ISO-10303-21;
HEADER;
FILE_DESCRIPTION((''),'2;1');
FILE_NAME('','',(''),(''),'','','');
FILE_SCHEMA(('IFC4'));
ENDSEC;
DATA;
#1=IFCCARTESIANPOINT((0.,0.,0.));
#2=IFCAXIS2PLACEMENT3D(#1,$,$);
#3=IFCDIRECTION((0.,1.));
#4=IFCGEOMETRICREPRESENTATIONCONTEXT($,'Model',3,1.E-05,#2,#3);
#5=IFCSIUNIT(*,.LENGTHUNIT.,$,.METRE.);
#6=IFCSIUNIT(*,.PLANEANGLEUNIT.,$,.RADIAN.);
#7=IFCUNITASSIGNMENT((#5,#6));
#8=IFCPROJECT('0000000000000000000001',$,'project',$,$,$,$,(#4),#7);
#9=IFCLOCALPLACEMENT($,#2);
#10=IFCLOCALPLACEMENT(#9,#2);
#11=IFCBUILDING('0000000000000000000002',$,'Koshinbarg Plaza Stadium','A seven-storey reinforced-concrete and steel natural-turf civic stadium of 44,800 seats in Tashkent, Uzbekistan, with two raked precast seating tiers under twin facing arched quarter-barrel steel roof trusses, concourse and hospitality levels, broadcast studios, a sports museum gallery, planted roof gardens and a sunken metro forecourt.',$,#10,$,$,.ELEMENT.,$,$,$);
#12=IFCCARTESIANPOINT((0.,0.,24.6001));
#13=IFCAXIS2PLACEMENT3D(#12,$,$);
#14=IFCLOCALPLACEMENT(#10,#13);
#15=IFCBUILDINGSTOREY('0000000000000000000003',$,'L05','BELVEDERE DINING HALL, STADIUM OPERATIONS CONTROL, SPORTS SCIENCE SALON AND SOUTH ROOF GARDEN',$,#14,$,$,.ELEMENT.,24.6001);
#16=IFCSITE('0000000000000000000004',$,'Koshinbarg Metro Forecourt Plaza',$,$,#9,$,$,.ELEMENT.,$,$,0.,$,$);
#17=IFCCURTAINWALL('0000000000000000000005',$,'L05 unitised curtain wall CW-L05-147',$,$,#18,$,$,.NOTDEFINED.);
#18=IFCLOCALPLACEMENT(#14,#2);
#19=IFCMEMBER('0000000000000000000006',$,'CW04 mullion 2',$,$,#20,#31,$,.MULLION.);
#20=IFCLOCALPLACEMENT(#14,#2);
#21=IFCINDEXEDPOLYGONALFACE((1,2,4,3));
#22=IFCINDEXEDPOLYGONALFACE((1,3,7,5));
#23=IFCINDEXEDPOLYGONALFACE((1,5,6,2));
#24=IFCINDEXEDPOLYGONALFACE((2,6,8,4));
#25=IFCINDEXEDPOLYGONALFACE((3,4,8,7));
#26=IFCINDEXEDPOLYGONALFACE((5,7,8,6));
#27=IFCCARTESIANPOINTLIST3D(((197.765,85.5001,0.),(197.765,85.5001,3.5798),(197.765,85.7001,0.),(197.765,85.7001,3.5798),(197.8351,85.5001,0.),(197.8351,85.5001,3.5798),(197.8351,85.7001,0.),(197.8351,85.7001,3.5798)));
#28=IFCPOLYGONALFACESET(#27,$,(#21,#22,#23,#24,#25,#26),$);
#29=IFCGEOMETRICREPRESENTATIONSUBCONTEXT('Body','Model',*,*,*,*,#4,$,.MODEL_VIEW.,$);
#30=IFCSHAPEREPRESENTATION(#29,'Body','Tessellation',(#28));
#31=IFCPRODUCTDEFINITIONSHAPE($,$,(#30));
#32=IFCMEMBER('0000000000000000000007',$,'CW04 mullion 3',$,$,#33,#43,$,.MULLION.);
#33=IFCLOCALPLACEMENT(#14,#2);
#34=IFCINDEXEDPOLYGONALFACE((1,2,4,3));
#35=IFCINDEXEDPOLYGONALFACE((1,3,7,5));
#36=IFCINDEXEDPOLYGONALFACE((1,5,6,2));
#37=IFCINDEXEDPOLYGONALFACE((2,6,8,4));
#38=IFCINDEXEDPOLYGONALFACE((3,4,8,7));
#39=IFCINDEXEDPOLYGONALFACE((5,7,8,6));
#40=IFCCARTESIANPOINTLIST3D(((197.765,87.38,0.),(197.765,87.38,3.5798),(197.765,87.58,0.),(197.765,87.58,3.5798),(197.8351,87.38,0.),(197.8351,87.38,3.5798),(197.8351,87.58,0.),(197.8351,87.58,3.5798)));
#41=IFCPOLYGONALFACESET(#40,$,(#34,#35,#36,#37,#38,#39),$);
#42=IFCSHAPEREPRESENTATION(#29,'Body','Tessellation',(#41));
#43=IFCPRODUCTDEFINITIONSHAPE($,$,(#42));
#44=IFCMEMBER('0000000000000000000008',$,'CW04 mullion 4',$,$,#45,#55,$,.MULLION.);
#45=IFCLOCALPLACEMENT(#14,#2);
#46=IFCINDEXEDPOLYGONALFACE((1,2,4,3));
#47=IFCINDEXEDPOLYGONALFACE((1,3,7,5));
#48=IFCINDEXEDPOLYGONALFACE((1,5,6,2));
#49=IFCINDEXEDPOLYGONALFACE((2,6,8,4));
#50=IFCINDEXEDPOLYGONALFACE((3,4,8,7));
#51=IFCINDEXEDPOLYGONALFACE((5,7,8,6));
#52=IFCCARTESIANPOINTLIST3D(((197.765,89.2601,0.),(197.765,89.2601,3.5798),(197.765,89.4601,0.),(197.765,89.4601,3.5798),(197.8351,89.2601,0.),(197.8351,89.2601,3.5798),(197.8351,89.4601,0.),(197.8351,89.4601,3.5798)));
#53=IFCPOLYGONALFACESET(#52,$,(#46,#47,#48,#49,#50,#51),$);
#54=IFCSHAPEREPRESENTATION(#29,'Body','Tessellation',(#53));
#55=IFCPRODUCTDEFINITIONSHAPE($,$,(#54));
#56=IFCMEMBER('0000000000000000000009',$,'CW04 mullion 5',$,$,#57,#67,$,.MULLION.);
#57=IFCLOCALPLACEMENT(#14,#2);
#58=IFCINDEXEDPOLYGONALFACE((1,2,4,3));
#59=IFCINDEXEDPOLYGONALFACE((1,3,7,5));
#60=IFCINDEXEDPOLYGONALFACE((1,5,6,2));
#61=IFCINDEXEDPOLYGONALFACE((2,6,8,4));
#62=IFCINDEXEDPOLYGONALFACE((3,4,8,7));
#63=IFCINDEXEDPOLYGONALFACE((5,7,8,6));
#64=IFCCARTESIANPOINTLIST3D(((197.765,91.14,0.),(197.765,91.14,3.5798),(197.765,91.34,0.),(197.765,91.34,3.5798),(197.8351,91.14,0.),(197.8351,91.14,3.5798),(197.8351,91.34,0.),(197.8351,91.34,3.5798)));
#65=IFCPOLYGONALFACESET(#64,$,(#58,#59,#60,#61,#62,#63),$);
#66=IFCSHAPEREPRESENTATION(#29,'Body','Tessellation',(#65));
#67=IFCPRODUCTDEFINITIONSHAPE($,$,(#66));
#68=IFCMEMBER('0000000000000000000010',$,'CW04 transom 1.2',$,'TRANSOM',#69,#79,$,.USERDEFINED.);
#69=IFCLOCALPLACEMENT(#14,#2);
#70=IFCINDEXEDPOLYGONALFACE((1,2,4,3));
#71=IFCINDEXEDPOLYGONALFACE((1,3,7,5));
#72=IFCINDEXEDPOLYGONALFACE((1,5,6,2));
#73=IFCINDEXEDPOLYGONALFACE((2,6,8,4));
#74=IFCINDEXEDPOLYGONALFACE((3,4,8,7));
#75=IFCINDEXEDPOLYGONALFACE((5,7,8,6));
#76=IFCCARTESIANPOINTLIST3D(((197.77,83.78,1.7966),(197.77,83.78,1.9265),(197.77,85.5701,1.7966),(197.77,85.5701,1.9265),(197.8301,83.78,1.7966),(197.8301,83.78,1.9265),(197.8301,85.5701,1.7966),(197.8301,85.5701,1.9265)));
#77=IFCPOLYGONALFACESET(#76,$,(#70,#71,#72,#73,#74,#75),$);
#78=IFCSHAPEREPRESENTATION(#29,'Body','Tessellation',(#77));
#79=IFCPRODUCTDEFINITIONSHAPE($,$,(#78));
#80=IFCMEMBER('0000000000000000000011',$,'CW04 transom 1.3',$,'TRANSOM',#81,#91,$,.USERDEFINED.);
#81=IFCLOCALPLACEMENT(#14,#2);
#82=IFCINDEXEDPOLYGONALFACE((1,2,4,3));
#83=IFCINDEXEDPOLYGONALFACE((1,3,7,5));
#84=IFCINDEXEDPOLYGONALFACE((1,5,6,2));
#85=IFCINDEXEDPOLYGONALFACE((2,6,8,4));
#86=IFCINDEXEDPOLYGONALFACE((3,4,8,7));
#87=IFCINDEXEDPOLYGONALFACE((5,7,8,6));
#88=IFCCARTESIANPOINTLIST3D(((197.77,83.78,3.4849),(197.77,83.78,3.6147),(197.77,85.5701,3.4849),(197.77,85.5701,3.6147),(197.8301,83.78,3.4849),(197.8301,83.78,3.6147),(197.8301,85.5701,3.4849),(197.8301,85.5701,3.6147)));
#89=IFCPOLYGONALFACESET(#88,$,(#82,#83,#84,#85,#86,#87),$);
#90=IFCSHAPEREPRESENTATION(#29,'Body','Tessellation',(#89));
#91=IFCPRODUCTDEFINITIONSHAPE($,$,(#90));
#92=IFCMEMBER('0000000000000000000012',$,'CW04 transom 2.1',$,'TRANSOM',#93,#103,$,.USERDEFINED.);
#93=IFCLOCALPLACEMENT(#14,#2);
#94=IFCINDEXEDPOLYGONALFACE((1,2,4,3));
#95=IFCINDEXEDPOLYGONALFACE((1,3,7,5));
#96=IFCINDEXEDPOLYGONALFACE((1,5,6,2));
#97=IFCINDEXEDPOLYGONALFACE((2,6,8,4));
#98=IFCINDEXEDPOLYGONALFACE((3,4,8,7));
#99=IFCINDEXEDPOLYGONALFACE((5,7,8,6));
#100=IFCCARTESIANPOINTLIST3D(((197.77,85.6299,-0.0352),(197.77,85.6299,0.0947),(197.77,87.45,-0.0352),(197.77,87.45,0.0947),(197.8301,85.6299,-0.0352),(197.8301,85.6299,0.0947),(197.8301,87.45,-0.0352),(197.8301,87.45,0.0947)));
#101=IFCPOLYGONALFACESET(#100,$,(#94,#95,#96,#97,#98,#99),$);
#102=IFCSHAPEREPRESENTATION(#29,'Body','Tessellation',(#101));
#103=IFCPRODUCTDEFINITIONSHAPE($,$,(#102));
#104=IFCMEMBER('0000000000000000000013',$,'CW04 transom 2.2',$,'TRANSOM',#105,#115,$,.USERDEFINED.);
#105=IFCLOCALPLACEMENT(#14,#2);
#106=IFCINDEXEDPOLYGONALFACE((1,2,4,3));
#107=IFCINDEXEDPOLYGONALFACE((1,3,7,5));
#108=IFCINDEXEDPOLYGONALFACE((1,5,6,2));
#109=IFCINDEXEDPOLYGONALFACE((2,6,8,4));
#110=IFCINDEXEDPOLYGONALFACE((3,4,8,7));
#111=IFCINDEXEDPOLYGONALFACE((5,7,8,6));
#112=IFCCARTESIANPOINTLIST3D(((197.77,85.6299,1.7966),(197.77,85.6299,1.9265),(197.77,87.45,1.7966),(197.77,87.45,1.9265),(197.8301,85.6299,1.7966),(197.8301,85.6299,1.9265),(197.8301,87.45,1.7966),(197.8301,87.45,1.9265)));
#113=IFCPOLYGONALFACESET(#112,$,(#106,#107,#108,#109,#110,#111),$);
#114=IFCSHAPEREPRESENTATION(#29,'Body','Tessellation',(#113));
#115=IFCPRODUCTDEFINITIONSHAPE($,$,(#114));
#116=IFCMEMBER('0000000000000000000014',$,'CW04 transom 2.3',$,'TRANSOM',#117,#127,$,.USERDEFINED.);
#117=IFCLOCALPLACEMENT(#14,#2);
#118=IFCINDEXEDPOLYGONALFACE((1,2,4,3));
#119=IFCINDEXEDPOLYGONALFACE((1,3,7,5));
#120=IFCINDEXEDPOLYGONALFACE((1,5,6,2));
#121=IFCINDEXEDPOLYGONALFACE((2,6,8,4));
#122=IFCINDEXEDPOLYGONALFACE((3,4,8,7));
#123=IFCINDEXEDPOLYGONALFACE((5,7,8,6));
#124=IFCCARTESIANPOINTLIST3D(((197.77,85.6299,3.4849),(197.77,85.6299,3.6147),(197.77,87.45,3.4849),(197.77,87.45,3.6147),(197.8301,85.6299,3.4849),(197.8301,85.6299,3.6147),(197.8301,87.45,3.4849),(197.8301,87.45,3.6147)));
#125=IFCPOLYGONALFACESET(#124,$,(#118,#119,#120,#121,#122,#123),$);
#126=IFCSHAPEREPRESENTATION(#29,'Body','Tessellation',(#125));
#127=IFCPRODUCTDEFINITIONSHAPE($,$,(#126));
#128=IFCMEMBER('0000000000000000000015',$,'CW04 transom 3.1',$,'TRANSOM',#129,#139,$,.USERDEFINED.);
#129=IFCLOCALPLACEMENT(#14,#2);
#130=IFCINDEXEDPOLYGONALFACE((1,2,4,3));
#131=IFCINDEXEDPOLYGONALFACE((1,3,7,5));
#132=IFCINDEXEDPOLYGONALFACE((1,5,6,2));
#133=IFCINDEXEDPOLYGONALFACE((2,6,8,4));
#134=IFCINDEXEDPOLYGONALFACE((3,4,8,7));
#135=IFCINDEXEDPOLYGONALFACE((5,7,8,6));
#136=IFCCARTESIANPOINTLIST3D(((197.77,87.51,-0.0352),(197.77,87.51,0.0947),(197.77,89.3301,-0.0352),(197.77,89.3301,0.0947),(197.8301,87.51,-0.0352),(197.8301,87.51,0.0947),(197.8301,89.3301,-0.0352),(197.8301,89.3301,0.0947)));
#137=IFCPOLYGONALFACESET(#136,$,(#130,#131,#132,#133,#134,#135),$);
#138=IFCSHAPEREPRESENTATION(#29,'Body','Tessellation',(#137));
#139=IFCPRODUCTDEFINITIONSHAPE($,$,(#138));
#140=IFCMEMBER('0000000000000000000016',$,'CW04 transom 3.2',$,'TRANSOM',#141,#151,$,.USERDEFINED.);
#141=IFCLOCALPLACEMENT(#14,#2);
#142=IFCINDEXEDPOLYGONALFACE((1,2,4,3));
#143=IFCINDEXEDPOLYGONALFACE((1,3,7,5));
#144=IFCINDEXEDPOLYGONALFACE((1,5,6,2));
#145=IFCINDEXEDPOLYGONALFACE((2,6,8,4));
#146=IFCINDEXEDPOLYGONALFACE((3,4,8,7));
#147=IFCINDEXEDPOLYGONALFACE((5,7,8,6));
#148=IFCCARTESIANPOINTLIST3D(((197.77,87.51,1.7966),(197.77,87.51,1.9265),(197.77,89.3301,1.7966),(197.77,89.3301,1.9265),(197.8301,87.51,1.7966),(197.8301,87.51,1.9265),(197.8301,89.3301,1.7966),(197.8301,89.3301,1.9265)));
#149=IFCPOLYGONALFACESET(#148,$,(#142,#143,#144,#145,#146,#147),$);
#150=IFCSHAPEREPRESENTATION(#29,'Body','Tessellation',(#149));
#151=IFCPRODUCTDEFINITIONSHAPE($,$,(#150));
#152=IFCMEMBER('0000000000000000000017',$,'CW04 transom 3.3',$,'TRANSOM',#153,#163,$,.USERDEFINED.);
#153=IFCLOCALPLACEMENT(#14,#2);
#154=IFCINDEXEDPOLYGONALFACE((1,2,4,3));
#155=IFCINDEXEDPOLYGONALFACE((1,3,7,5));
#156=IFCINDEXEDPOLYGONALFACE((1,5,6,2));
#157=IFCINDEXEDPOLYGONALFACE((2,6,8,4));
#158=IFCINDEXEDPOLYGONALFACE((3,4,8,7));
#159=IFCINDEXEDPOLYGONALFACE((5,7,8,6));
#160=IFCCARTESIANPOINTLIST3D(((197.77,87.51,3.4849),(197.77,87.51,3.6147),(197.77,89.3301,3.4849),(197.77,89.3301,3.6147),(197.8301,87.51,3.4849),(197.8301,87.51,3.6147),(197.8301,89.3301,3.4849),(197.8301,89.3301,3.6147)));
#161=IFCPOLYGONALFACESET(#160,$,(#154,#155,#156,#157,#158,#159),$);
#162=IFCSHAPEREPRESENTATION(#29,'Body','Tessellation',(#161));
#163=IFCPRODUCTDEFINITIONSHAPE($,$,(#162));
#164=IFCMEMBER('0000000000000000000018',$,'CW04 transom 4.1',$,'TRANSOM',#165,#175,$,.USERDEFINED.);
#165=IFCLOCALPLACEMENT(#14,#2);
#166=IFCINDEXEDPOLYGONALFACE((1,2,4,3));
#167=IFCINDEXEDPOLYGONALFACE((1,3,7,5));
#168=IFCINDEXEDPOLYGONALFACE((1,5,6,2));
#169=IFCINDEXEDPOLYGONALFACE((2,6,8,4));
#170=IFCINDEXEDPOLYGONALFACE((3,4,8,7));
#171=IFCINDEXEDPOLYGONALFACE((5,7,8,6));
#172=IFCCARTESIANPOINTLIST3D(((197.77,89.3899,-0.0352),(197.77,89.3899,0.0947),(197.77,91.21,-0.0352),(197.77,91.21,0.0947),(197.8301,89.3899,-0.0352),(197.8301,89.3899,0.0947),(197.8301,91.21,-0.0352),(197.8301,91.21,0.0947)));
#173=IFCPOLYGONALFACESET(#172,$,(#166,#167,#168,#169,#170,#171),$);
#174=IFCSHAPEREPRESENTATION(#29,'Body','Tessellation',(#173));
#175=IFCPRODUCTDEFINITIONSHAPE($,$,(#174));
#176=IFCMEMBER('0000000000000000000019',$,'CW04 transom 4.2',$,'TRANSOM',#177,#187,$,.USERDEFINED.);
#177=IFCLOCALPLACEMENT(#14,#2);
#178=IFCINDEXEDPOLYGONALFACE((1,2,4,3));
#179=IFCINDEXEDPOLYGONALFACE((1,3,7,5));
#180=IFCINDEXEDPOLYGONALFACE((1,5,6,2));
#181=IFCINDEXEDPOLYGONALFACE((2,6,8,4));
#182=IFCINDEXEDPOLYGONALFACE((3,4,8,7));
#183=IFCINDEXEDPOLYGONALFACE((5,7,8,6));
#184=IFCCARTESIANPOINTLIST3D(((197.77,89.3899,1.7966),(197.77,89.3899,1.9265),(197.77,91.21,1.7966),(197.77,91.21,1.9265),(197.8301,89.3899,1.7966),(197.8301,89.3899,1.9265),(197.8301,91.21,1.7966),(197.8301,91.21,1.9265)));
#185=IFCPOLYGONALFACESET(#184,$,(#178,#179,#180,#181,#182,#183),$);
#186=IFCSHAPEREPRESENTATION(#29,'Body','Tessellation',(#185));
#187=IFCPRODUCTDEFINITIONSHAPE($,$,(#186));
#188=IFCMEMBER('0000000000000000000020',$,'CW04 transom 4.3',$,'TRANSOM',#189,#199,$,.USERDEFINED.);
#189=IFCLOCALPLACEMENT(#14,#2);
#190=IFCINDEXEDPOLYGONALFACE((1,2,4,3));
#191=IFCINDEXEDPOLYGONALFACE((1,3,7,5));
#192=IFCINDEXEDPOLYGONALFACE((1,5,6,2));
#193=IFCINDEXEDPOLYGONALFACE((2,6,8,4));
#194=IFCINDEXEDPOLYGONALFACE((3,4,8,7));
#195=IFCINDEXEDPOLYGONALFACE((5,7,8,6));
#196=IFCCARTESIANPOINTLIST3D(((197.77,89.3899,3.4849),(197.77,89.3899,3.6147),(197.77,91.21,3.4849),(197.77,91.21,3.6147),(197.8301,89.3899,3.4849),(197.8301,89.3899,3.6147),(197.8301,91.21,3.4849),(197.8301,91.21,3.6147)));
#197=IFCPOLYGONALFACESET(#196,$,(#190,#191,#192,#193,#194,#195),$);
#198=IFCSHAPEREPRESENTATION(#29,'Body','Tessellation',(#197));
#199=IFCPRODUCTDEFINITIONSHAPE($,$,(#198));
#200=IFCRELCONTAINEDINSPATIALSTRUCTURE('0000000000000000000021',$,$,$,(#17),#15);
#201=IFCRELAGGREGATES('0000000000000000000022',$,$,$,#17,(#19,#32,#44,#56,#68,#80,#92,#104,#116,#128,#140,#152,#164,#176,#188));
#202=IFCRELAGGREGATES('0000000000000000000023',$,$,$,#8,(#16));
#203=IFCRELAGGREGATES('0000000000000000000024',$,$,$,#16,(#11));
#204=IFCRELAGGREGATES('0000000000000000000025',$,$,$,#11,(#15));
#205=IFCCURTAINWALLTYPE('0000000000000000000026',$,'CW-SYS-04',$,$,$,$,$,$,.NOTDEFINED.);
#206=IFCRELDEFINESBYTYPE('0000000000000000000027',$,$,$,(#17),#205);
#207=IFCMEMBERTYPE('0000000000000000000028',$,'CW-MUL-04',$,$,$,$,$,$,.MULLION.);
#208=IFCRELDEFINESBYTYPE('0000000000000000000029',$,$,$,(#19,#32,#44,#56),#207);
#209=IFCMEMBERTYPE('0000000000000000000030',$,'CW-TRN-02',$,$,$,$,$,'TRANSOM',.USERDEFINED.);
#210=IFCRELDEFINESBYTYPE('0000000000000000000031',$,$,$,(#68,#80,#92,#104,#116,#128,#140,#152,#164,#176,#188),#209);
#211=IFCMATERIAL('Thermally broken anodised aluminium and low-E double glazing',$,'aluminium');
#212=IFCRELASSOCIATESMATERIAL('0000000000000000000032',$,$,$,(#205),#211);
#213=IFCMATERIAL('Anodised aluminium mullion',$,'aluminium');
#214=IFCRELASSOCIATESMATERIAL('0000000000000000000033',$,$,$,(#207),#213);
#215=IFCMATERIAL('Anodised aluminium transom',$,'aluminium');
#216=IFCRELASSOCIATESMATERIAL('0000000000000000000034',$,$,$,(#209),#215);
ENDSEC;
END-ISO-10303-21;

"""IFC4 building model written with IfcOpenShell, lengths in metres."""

from ifc_helpers import new_model, si_unit, direction, frame, origin, origin_2d, place, context, subcontext, project, spatial, rectangle, extrude, material, material_profile, profile_set, type_object, element, aggregate, save


model = new_model("IFC4")

# Units and contexts
model_context = context("Model", 3, precision=1e-05, world=origin(), true_north=direction((0.0, 1.0)))
body_context = subcontext(model_context, "Body", "Model", "MODEL_VIEW")
ifc_project = project(units=[si_unit("LENGTHUNIT", "METRE"), si_unit("PLANEANGLEUNIT", "RADIAN")], contexts=[model_context])

# Site, building, storey
site_placement = place(None, origin())
site = spatial("IfcSite", under=ifc_project, at=site_placement, Name="Koshinbarg Metro Forecourt Plaza", CompositionType="ELEMENT", RefElevation=0.0)
building_placement = place(site_placement, origin())
building = spatial("IfcBuilding", under=site, at=building_placement, Name="Koshinbarg Plaza Stadium", Description="A seven-storey reinforced-concrete and steel natural-turf civic stadium of 44,800 seats in Tashkent, Uzbekistan, with two raked precast seating tiers under twin facing arched quarter-barrel steel roof trusses, concourse and hospitality levels, broadcast studios, a sports museum gallery, planted roof gardens and a sunken metro forecourt.", CompositionType="ELEMENT")
storey_placement = place(building_placement, frame((0.0, 0.0, 24.6001)))
storey = spatial("IfcBuildingStorey", under=building, at=storey_placement, Name="L05", Description="BELVEDERE DINING HALL, STADIUM OPERATIONS CONTROL, SPORTS SCIENCE SALON AND SOUTH ROOF GARDEN", CompositionType="ELEMENT", Elevation=24.6001)

# Curtain wall, members
ifc_material_1 = material(Name="Thermally broken anodised aluminium and low-E double glazing", Category="aluminium")
curtain_wall_type = type_object("IfcCurtainWallType", Name="CW-SYS-04", PredefinedType="NOTDEFINED", material=ifc_material_1)
curtain_wall_placement = place(storey_placement, origin())
curtain_wall = element("IfcCurtainWall", 1, at=curtain_wall_placement, inside=storey, type_object=curtain_wall_type, Name="L05 unitised curtain wall CW-L05-147", PredefinedType="NOTDEFINED")
ifc_material_2 = material(Name="Anodised aluminium mullion", Category="aluminium")
ifc_material_profile_1 = material_profile(ifc_material_2, rectangle(XDim=0.0701, YDim=0.2, at=origin_2d()), Name="ALU 70x200")
ifc_profile_set_1 = profile_set([ifc_material_profile_1], Name="Anodised aluminium mullion")
member_type_1 = type_object("IfcMemberType", Name="CW-MUL-04", PredefinedType="MULLION", material=ifc_profile_set_1)
member_1_placement = place(storey_placement, frame((197.8, 85.6001, 0.0), z_axis=(0.0, 0.0, 1.0), x_axis=(-1.0, 0.0, 0.0)))
member_1 = element("IfcMember", 2, at=member_1_placement, type_object=member_type_1, Name="CW04 mullion 2", PredefinedType="MULLION", context=body_context, shape_type="SweptSolid", body=[
    extrude(rectangle(XDim=0.0701, YDim=0.2, at=origin_2d()), origin(), (0.0, 0.0, 1.0), 3.5798),
])
member_2_placement = place(storey_placement, frame((197.8, 87.48, 0.0), z_axis=(0.0, 0.0, 1.0), x_axis=(-1.0, 0.0, 0.0)))
member_2 = element("IfcMember", 3, at=member_2_placement, type_object=member_type_1, Name="CW04 mullion 3", PredefinedType="MULLION", context=body_context, shape_type="SweptSolid", body=[
    extrude(rectangle(XDim=0.0701, YDim=0.2, at=origin_2d()), origin(), (0.0, 0.0, 1.0), 3.5798),
])
member_3_placement = place(storey_placement, frame((197.8, 89.3601, 0.0), z_axis=(0.0, 0.0, 1.0), x_axis=(-1.0, 0.0, 0.0)))
member_3 = element("IfcMember", 4, at=member_3_placement, type_object=member_type_1, Name="CW04 mullion 4", PredefinedType="MULLION", context=body_context, shape_type="SweptSolid", body=[
    extrude(rectangle(XDim=0.0701, YDim=0.2, at=origin_2d()), origin(), (0.0, 0.0, 1.0), 3.5798),
])
member_4_placement = place(storey_placement, frame((197.8, 91.24, 0.0), z_axis=(0.0, 0.0, 1.0), x_axis=(-1.0, 0.0, 0.0)))
member_4 = element("IfcMember", 5, at=member_4_placement, type_object=member_type_1, Name="CW04 mullion 5", PredefinedType="MULLION", context=body_context, shape_type="SweptSolid", body=[
    extrude(rectangle(XDim=0.0701, YDim=0.2, at=origin_2d()), origin(), (0.0, 0.0, 1.0), 3.5798),
])
ifc_material_3 = material(Name="Anodised aluminium transom", Category="aluminium")
ifc_material_profile_2 = material_profile(ifc_material_3, rectangle(XDim=0.0601, YDim=0.1299, at=origin_2d()), Name="ALU 60x130")
ifc_profile_set_2 = profile_set([ifc_material_profile_2], Name="Anodised aluminium transom")
member_type_2 = type_object("IfcMemberType", Name="CW-TRN-02", ElementType="TRANSOM", PredefinedType="USERDEFINED", material=ifc_profile_set_2)
member_5_placement = place(storey_placement, frame((197.8, 83.78, 1.8616), z_axis=(0.0, 1.0, 0.0), x_axis=(-1.0, 0.0, 0.0)))
member_5 = element("IfcMember", 6, at=member_5_placement, type_object=member_type_2, Name="CW04 transom 1.2", ObjectType="TRANSOM", PredefinedType="USERDEFINED", context=body_context, shape_type="SweptSolid", body=[
    extrude(rectangle(XDim=0.0601, YDim=0.1299, at=origin_2d()), origin(), (0.0, 0.0, 1.0), 1.79),
])
member_6_placement = place(storey_placement, frame((197.8, 83.78, 3.5498), z_axis=(0.0, 1.0, 0.0), x_axis=(-1.0, 0.0, 0.0)))
member_6 = element("IfcMember", 7, at=member_6_placement, type_object=member_type_2, Name="CW04 transom 1.3", ObjectType="TRANSOM", PredefinedType="USERDEFINED", context=body_context, shape_type="SweptSolid", body=[
    extrude(rectangle(XDim=0.0601, YDim=0.1299, at=origin_2d()), origin(), (0.0, 0.0, 1.0), 1.79),
])
member_7_placement = place(storey_placement, frame((197.8, 85.6299, 0.0298), z_axis=(0.0, 1.0, 0.0), x_axis=(-1.0, 0.0, 0.0)))
member_7 = element("IfcMember", 8, at=member_7_placement, type_object=member_type_2, Name="CW04 transom 2.1", ObjectType="TRANSOM", PredefinedType="USERDEFINED", context=body_context, shape_type="SweptSolid", body=[
    extrude(rectangle(XDim=0.0601, YDim=0.1299, at=origin_2d()), origin(), (0.0, 0.0, 1.0), 1.8201),
])
member_8_placement = place(storey_placement, frame((197.8, 85.6299, 1.8616), z_axis=(0.0, 1.0, 0.0), x_axis=(-1.0, 0.0, 0.0)))
member_8 = element("IfcMember", 9, at=member_8_placement, type_object=member_type_2, Name="CW04 transom 2.2", ObjectType="TRANSOM", PredefinedType="USERDEFINED", context=body_context, shape_type="SweptSolid", body=[
    extrude(rectangle(XDim=0.0601, YDim=0.1299, at=origin_2d()), origin(), (0.0, 0.0, 1.0), 1.8201),
])
member_9_placement = place(storey_placement, frame((197.8, 85.6299, 3.5498), z_axis=(0.0, 1.0, 0.0), x_axis=(-1.0, 0.0, 0.0)))
member_9 = element("IfcMember", 10, at=member_9_placement, type_object=member_type_2, Name="CW04 transom 2.3", ObjectType="TRANSOM", PredefinedType="USERDEFINED", context=body_context, shape_type="SweptSolid", body=[
    extrude(rectangle(XDim=0.0601, YDim=0.1299, at=origin_2d()), origin(), (0.0, 0.0, 1.0), 1.8201),
])
member_10_placement = place(storey_placement, frame((197.8, 87.51, 0.0298), z_axis=(0.0, 1.0, 0.0), x_axis=(-1.0, 0.0, 0.0)))
member_10 = element("IfcMember", 11, at=member_10_placement, type_object=member_type_2, Name="CW04 transom 3.1", ObjectType="TRANSOM", PredefinedType="USERDEFINED", context=body_context, shape_type="SweptSolid", body=[
    extrude(rectangle(XDim=0.0601, YDim=0.1299, at=origin_2d()), origin(), (0.0, 0.0, 1.0), 1.8201),
])
member_11_placement = place(storey_placement, frame((197.8, 87.51, 1.8616), z_axis=(0.0, 1.0, 0.0), x_axis=(-1.0, 0.0, 0.0)))
member_11 = element("IfcMember", 12, at=member_11_placement, type_object=member_type_2, Name="CW04 transom 3.2", ObjectType="TRANSOM", PredefinedType="USERDEFINED", context=body_context, shape_type="SweptSolid", body=[
    extrude(rectangle(XDim=0.0601, YDim=0.1299, at=origin_2d()), origin(), (0.0, 0.0, 1.0), 1.8201),
])
member_12_placement = place(storey_placement, frame((197.8, 87.51, 3.5498), z_axis=(0.0, 1.0, 0.0), x_axis=(-1.0, 0.0, 0.0)))
member_12 = element("IfcMember", 13, at=member_12_placement, type_object=member_type_2, Name="CW04 transom 3.3", ObjectType="TRANSOM", PredefinedType="USERDEFINED", context=body_context, shape_type="SweptSolid", body=[
    extrude(rectangle(XDim=0.0601, YDim=0.1299, at=origin_2d()), origin(), (0.0, 0.0, 1.0), 1.8201),
])
member_13_placement = place(storey_placement, frame((197.8, 89.3899, 0.0298), z_axis=(0.0, 1.0, 0.0), x_axis=(-1.0, 0.0, 0.0)))
member_13 = element("IfcMember", 14, at=member_13_placement, type_object=member_type_2, Name="CW04 transom 4.1", ObjectType="TRANSOM", PredefinedType="USERDEFINED", context=body_context, shape_type="SweptSolid", body=[
    extrude(rectangle(XDim=0.0601, YDim=0.1299, at=origin_2d()), origin(), (0.0, 0.0, 1.0), 1.8201),
])
member_14_placement = place(storey_placement, frame((197.8, 89.3899, 1.8616), z_axis=(0.0, 1.0, 0.0), x_axis=(-1.0, 0.0, 0.0)))
member_14 = element("IfcMember", 15, at=member_14_placement, type_object=member_type_2, Name="CW04 transom 4.2", ObjectType="TRANSOM", PredefinedType="USERDEFINED", context=body_context, shape_type="SweptSolid", body=[
    extrude(rectangle(XDim=0.0601, YDim=0.1299, at=origin_2d()), origin(), (0.0, 0.0, 1.0), 1.8201),
])
member_15_placement = place(storey_placement, frame((197.8, 89.3899, 3.5498), z_axis=(0.0, 1.0, 0.0), x_axis=(-1.0, 0.0, 0.0)))
member_15 = element("IfcMember", 16, at=member_15_placement, type_object=member_type_2, Name="CW04 transom 4.3", ObjectType="TRANSOM", PredefinedType="USERDEFINED", context=body_context, shape_type="SweptSolid", body=[
    extrude(rectangle(XDim=0.0601, YDim=0.1299, at=origin_2d()), origin(), (0.0, 0.0, 1.0), 1.8201),
])
aggregate(curtain_wall, [member_1, member_2, member_3, member_4, member_5, member_6, member_7, member_8, member_9, member_10, member_11, member_12, member_13, member_14, member_15])

save(model, "model.ifc")
